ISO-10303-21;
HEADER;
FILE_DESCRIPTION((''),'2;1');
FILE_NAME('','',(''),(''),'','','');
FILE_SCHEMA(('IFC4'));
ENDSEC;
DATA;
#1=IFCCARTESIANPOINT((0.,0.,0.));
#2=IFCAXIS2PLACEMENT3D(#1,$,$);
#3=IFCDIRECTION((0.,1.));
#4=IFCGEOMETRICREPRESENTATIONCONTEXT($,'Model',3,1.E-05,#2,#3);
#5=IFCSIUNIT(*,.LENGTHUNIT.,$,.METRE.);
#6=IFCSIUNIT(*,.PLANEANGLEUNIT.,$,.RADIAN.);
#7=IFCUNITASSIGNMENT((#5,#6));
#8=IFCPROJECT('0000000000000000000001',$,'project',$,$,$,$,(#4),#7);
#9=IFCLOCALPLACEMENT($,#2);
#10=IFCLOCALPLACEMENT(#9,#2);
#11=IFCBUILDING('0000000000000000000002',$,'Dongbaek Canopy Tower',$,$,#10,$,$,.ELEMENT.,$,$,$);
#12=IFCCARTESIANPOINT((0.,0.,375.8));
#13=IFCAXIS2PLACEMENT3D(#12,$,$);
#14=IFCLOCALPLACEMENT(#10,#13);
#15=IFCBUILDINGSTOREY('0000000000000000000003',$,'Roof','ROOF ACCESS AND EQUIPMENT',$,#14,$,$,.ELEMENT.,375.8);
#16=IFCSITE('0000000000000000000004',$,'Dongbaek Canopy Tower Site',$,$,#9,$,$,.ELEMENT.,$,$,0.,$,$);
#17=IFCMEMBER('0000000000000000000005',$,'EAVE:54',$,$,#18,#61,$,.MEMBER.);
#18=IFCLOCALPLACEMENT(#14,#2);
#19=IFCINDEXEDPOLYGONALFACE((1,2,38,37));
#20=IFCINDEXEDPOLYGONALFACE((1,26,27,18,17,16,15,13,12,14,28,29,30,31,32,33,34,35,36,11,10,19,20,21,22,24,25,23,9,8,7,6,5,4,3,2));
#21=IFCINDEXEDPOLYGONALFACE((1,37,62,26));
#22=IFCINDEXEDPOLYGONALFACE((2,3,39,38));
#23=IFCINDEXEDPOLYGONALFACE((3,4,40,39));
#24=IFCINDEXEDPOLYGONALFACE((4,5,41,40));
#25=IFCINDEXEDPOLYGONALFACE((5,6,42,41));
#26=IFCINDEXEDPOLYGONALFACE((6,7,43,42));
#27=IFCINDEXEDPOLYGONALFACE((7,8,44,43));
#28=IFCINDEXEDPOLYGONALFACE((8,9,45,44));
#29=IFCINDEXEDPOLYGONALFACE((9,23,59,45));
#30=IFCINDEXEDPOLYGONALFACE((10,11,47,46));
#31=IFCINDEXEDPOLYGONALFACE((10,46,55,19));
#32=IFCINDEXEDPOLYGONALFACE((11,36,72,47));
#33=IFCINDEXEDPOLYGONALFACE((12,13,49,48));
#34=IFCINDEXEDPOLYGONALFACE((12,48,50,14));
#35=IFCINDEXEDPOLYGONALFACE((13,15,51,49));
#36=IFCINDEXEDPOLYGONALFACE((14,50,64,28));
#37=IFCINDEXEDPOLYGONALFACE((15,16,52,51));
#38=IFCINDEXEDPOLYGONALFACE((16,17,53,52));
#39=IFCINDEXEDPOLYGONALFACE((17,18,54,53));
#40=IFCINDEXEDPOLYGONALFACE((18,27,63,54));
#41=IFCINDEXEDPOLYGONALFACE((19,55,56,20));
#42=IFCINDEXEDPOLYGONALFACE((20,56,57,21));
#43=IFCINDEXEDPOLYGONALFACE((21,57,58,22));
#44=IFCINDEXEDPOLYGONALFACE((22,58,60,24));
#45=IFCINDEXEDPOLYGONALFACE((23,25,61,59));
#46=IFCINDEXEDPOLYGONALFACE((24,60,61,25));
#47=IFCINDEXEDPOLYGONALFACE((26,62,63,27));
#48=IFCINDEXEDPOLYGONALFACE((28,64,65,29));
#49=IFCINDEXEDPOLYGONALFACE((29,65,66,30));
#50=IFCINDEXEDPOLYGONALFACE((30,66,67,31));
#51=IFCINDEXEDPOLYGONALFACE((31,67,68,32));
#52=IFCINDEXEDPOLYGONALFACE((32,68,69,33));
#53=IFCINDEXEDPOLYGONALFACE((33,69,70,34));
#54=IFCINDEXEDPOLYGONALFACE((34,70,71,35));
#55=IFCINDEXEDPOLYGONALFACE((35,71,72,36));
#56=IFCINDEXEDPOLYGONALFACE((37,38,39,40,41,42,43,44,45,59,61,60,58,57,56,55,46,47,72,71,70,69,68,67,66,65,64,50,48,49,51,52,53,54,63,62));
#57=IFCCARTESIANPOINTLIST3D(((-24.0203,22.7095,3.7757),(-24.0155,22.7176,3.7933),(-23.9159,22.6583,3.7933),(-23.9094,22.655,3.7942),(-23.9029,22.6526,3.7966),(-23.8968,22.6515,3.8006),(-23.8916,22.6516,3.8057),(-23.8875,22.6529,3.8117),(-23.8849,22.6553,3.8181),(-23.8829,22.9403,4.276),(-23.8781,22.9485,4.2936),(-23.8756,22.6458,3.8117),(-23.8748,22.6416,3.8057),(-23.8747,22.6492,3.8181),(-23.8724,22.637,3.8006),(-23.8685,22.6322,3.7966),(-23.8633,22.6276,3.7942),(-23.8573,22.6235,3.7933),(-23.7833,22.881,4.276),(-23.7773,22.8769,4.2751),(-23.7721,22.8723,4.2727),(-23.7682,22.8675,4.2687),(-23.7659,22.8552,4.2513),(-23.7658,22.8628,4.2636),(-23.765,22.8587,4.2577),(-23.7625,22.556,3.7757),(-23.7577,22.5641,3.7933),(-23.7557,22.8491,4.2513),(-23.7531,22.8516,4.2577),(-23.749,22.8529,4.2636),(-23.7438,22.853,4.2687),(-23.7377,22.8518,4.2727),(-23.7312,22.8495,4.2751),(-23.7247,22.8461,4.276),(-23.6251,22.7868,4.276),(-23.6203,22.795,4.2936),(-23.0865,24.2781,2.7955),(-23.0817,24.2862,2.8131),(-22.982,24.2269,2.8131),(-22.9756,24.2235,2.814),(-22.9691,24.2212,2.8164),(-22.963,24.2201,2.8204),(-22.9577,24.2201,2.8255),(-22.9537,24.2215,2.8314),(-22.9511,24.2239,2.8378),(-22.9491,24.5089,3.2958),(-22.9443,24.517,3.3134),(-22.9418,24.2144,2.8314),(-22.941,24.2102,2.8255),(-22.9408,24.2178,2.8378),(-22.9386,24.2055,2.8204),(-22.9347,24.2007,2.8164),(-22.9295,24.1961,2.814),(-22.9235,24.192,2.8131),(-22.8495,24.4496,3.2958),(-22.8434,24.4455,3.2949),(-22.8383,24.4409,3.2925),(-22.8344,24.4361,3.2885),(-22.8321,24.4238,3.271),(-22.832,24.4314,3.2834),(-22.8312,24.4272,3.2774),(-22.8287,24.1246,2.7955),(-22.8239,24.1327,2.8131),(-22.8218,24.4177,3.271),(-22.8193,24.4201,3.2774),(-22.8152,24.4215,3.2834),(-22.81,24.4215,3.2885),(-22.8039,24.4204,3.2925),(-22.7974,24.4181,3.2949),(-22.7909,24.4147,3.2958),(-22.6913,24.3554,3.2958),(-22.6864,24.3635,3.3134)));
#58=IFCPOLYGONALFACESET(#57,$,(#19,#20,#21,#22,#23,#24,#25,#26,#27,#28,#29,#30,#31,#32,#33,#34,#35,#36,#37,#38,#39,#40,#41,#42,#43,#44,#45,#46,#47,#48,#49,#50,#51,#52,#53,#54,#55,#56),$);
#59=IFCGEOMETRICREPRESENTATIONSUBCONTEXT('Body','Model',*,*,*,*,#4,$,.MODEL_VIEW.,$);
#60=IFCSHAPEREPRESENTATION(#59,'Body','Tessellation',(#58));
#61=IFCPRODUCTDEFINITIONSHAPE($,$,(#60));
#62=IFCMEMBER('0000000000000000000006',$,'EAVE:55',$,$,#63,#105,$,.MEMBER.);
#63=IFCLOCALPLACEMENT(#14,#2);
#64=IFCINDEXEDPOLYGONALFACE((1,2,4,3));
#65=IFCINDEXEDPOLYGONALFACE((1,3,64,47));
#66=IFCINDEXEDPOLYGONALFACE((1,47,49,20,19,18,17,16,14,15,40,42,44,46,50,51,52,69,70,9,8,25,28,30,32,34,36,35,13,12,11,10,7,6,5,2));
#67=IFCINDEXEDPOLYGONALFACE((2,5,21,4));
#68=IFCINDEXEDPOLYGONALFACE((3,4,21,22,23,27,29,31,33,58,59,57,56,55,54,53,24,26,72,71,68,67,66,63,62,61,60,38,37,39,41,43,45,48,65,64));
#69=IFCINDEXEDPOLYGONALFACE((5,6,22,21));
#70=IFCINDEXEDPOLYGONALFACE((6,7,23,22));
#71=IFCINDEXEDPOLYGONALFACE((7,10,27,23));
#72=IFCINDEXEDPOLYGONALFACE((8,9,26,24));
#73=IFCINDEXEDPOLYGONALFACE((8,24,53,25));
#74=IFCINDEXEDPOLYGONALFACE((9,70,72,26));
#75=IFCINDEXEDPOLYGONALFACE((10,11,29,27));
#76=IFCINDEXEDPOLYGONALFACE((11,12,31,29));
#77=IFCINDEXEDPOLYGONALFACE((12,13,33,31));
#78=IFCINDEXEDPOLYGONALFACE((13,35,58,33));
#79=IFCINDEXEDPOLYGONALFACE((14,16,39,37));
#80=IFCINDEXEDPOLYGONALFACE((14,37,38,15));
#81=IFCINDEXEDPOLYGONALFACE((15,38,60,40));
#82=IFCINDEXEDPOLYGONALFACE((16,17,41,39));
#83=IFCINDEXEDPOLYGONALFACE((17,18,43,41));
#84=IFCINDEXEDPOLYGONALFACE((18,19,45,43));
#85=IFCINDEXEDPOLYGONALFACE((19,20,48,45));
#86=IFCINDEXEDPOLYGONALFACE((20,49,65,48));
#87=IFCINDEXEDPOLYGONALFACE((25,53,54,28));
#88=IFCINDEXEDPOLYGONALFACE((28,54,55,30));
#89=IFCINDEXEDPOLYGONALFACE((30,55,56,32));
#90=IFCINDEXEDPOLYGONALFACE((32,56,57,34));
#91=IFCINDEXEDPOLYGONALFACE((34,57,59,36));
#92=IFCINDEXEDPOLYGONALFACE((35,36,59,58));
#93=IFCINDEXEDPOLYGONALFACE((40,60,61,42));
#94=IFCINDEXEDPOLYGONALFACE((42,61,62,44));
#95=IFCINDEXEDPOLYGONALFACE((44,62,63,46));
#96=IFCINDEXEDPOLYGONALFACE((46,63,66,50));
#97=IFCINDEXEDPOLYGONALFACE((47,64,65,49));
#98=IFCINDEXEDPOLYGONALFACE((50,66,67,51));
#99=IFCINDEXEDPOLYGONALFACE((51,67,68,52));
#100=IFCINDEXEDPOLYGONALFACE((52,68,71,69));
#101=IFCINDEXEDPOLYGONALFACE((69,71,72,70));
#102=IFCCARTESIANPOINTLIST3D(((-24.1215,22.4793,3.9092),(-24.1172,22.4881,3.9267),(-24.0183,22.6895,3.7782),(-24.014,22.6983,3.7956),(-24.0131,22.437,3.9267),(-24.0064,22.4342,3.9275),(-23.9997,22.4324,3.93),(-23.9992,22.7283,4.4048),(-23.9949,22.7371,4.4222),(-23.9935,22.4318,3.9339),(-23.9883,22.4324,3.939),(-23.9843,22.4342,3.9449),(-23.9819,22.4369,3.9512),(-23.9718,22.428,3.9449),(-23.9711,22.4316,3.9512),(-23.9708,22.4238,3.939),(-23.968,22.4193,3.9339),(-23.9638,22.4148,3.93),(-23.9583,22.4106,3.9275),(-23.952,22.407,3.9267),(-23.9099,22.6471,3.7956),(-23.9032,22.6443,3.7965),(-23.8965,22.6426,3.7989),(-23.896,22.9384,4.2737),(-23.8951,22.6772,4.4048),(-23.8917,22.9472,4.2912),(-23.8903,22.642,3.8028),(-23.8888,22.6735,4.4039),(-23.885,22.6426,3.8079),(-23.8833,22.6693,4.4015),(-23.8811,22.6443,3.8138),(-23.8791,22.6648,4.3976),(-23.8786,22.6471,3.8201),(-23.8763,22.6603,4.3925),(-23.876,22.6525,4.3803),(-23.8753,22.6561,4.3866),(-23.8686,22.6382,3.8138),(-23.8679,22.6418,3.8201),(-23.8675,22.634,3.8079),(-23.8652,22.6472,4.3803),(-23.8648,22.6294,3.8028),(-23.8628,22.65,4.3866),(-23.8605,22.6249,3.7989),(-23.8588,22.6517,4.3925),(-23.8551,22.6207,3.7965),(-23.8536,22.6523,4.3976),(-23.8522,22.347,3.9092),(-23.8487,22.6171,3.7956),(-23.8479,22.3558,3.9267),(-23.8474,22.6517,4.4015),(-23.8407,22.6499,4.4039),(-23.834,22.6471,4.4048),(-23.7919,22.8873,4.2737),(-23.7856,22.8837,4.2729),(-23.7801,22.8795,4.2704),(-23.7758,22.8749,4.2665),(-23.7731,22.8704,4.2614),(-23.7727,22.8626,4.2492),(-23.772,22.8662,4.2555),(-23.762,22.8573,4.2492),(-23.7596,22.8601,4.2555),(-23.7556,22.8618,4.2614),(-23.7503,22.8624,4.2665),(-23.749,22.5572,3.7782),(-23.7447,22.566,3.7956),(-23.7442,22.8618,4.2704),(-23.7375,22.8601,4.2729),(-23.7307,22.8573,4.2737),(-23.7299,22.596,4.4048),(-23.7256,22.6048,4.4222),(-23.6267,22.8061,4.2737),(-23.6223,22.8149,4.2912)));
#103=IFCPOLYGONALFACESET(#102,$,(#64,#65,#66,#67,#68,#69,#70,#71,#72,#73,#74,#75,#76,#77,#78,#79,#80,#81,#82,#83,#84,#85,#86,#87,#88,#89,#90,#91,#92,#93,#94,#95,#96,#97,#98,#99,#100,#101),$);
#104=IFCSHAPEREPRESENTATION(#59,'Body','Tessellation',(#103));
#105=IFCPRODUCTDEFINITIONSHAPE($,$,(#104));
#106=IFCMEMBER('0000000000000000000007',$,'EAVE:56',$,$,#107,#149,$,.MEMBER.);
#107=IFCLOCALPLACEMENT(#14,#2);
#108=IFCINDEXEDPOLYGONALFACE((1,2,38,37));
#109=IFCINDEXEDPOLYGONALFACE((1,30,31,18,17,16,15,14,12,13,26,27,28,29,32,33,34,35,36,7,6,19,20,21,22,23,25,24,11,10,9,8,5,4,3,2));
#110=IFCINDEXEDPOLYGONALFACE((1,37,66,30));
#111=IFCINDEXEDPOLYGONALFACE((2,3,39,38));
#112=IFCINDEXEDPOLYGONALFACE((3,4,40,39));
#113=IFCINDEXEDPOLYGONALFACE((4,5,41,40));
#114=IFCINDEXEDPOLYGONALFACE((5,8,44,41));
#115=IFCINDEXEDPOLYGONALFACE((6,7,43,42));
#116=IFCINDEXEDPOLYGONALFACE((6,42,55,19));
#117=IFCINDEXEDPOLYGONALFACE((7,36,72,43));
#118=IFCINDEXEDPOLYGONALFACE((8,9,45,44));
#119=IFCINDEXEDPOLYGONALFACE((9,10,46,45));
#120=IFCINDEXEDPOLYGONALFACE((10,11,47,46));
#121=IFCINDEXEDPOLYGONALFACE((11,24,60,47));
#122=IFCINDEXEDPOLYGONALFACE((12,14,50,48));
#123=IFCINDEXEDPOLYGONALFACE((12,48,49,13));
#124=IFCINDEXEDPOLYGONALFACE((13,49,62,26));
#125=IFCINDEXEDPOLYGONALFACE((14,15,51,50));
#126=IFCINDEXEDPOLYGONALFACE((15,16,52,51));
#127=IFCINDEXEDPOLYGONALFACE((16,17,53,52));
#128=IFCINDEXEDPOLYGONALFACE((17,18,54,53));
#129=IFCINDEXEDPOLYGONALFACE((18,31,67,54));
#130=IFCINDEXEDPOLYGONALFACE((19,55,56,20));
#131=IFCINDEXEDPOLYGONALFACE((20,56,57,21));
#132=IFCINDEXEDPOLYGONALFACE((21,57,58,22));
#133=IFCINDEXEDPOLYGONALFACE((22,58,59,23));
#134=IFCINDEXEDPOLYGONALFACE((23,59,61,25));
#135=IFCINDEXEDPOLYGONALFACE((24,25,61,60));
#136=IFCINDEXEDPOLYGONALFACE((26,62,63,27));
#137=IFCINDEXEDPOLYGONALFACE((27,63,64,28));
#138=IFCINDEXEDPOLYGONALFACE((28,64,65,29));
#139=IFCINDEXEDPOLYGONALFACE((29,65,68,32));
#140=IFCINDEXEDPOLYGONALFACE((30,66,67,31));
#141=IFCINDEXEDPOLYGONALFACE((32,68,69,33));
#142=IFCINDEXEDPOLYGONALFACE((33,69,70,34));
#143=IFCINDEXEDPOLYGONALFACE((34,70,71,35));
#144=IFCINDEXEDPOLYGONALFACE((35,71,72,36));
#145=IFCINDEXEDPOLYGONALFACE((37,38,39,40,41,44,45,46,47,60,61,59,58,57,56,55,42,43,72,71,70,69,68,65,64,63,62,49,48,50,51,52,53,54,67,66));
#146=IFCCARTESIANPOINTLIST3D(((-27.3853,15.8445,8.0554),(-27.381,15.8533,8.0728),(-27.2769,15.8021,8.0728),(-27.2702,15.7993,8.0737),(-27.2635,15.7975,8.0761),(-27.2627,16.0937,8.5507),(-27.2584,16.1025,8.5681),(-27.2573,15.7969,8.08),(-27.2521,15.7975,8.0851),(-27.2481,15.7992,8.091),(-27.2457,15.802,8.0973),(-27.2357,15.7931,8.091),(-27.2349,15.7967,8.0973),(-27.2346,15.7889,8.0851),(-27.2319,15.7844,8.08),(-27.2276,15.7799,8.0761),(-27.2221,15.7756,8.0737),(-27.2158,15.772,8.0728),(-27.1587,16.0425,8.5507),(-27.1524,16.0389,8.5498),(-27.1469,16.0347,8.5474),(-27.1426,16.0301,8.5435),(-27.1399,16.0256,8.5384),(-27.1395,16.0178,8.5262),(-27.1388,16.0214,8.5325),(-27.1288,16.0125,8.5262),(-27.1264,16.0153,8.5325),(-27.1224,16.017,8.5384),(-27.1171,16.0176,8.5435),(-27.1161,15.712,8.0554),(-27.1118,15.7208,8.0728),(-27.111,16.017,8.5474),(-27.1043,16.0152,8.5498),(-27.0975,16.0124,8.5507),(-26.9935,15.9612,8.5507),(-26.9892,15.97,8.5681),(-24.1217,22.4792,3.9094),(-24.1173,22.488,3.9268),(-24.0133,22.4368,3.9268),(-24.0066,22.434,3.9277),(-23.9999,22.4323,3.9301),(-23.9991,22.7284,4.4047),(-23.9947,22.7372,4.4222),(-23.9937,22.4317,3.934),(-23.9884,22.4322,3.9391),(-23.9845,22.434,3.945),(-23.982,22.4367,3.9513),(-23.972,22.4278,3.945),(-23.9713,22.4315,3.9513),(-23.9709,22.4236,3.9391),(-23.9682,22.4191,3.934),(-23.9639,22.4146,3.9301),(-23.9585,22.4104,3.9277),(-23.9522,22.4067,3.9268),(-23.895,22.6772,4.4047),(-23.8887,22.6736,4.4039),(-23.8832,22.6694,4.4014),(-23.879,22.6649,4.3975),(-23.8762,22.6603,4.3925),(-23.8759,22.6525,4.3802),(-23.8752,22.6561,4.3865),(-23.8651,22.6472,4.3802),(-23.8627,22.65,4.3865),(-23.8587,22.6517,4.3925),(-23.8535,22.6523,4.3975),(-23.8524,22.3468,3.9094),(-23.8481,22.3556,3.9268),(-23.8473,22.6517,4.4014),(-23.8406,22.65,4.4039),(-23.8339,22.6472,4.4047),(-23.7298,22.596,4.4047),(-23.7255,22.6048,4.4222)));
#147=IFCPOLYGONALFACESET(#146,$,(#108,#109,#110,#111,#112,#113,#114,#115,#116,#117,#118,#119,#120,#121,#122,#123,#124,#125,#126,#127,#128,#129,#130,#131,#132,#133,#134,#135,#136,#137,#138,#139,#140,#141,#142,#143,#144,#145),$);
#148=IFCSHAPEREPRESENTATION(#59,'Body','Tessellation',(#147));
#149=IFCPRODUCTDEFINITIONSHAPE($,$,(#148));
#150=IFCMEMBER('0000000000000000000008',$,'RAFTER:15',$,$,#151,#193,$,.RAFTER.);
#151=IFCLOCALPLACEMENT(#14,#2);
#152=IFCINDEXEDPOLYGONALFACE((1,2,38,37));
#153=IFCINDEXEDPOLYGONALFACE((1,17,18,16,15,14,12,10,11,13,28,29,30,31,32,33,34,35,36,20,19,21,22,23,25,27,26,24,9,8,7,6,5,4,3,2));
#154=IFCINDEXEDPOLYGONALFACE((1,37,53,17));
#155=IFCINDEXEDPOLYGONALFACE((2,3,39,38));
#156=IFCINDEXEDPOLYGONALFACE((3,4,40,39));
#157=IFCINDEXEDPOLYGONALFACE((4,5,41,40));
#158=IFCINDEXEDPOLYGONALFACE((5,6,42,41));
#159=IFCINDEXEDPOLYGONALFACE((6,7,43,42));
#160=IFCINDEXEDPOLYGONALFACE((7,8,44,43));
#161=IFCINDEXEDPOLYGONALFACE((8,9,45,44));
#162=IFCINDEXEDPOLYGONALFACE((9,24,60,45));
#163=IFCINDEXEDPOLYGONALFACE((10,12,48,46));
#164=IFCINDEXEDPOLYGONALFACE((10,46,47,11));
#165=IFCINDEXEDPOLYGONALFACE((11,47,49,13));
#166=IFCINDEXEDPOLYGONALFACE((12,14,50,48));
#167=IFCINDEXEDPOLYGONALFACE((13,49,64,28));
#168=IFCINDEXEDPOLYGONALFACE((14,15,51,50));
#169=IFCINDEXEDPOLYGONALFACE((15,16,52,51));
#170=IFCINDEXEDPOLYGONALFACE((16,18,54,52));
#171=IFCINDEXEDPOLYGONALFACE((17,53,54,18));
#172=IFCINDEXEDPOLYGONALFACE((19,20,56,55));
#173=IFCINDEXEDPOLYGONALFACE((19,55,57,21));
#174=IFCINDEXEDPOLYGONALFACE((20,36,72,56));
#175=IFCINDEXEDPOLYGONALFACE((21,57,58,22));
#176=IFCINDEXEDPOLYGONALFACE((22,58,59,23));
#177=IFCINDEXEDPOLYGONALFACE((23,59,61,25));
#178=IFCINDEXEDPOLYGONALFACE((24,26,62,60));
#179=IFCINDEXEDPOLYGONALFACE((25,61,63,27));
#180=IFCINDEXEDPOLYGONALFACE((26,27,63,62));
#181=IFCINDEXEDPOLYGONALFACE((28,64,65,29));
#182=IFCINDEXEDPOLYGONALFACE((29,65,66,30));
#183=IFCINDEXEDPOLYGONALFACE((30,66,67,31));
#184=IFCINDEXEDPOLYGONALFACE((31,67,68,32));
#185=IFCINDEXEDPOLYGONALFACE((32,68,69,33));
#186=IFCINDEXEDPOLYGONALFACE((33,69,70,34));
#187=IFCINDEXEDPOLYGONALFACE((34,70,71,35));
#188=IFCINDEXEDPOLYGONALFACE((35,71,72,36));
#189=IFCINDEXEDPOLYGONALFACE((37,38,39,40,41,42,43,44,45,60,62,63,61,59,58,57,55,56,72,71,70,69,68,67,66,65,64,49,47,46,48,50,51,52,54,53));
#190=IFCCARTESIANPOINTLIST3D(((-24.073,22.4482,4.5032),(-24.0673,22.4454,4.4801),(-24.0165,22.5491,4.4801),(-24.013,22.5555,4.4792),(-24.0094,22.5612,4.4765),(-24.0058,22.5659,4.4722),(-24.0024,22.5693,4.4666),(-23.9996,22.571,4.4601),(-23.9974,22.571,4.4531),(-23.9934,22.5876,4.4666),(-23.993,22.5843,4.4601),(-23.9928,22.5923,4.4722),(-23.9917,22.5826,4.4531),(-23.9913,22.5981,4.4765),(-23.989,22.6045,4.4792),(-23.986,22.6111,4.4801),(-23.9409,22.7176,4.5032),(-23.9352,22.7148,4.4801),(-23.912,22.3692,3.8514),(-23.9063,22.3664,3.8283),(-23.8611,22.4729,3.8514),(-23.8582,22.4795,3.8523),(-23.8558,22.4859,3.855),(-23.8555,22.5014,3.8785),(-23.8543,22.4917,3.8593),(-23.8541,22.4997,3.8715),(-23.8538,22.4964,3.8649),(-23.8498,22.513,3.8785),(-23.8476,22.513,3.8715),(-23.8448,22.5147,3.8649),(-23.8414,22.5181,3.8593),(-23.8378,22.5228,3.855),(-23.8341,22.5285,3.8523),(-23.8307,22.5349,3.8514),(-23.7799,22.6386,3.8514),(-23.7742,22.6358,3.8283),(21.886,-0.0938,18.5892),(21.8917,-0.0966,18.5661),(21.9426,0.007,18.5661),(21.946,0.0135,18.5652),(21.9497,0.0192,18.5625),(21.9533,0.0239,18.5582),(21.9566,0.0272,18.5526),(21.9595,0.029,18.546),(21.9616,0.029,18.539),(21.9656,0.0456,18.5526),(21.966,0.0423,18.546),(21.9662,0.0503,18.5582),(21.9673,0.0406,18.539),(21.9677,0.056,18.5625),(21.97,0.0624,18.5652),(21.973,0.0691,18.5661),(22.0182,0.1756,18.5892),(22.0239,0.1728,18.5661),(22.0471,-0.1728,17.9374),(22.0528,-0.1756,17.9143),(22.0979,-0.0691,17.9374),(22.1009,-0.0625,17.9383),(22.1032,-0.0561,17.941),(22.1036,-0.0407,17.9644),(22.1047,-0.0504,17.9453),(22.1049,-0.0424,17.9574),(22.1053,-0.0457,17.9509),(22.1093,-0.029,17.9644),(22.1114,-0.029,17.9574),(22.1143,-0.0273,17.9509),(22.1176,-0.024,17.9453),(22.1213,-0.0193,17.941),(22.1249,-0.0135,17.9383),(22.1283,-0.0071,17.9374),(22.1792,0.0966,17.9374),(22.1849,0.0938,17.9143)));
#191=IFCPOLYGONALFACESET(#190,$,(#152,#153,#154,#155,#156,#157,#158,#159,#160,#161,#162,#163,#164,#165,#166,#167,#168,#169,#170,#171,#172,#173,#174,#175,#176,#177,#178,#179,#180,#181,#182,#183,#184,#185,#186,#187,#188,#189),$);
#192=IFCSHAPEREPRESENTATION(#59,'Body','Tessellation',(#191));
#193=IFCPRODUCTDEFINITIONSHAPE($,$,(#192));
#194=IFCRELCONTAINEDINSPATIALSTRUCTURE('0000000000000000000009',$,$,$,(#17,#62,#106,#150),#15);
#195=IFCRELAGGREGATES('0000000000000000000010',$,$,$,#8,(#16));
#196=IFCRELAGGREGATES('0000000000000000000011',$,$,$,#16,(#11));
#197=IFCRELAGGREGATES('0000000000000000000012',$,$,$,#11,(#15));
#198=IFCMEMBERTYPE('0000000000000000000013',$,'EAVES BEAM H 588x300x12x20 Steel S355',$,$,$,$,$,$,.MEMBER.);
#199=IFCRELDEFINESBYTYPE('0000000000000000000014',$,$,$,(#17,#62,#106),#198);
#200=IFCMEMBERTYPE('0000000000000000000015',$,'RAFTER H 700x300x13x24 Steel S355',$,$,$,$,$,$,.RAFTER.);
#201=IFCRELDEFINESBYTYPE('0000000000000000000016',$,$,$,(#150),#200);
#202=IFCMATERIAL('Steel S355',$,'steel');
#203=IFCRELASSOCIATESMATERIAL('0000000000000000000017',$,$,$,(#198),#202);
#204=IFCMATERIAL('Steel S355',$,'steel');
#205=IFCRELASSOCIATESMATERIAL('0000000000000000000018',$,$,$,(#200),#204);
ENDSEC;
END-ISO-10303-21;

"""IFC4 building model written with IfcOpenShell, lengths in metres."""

from ifc_helpers import new_model, si_unit, direction, frame, origin, origin_2d, place, context, subcontext, project, spatial, i_section, extrude, material, material_profile, profile_set, type_object, element, save


model = new_model("IFC4")

# Units and contexts
model_context = context("Model", 3, precision=1e-05, world=origin(), true_north=direction((0.0, 1.0)))
body_context = subcontext(model_context, "Body", "Model", "MODEL_VIEW")
ifc_project = project(units=[si_unit("LENGTHUNIT", "METRE"), si_unit("PLANEANGLEUNIT", "RADIAN")], contexts=[model_context])

# Site, building, storey
site_placement = place(None, origin())
site = spatial("IfcSite", under=ifc_project, at=site_placement, Name="Dongbaek Canopy Tower Site", CompositionType="ELEMENT", RefElevation=0.0)
building_placement = place(site_placement, origin())
building = spatial("IfcBuilding", under=site, at=building_placement, Name="Dongbaek Canopy Tower", CompositionType="ELEMENT")
storey_placement = place(building_placement, frame((0.0, 0.0, 375.8)))
storey = spatial("IfcBuildingStorey", under=building, at=storey_placement, Name="Roof", Description="ROOF ACCESS AND EQUIPMENT", CompositionType="ELEMENT", Elevation=375.8)

# Members
ifc_material_1 = material(Name="Steel S355", Category="steel")
ifc_material_profile_1 = material_profile(ifc_material_1, i_section(OverallWidth=0.3, OverallDepth=0.5879, WebThickness=0.012, FlangeThickness=0.02, FilletRadius=0.0281, at=origin_2d()), Name="EAVES BEAM H 588x300x12x20 Steel S355")
ifc_profile_set_1 = profile_set([ifc_material_profile_1], Name="Steel S355")
member_type_1 = type_object("IfcMemberType", Name="EAVES BEAM H 588x300x12x20 Steel S355", PredefinedType="MEMBER", material=ifc_profile_set_1)
member_1_placement = place(storey_placement, frame((-22.8865, 24.3208, 3.0544), z_axis=(-0.450682, -0.757028, 0.473069), x_axis=(0.859258, -0.511543, 0.0)))
element("IfcMember", 1, at=member_1_placement, inside=storey, type_object=member_type_1, Name="EAVE:54", PredefinedType="MEMBER", context=body_context, shape_type="SweptSolid", body=[
    extrude(i_section(OverallWidth=0.3, OverallDepth=0.5879, WebThickness=0.012, FlangeThickness=0.02, FilletRadius=0.0281, at=origin_2d()), origin(), (0.0, 0.0, 1.0), 2.072),
])
member_2_placement = place(storey_placement, frame((-23.8203, 22.7522, 4.0347), z_axis=(-0.384765, -0.783174, 0.488461), x_axis=(0.897533, -0.440948, 0.0)))
element("IfcMember", 2, at=member_2_placement, inside=storey, type_object=member_type_1, Name="EAVE:55", PredefinedType="MEMBER", context=body_context, shape_type="SweptSolid", body=[
    extrude(i_section(OverallWidth=0.3, OverallDepth=0.5879, WebThickness=0.012, FlangeThickness=0.02, FilletRadius=0.0281, at=origin_2d()), origin(), (0.0, 0.0, 1.0), 0.2683),
])
member_3_placement = place(storey_placement, frame((-23.9236, 22.542, 4.1658), z_axis=(-0.384999, -0.782671, 0.489083), x_axis=(0.897314, -0.441393, 0.0)))
element("IfcMember", 3, at=member_3_placement, inside=storey, type_object=member_type_1, Name="EAVE:56", PredefinedType="MEMBER", context=body_context, shape_type="SweptSolid", body=[
    extrude(i_section(OverallWidth=0.3, OverallDepth=0.5879, WebThickness=0.012, FlangeThickness=0.02, FilletRadius=0.0281, at=origin_2d()), origin(), (0.0, 0.0, 1.0), 8.4771),
])
ifc_material_2 = material(Name="Steel S355", Category="steel")
ifc_material_profile_2 = material_profile(ifc_material_2, i_section(OverallWidth=0.3, OverallDepth=0.7, WebThickness=0.0129, FlangeThickness=0.0239, FilletRadius=0.0281, at=origin_2d()), Name="RAFTER H 700x300x13x24 Steel S355")
ifc_profile_set_2 = profile_set([ifc_material_profile_2], Name="Steel S355")
member_type_2 = type_object("IfcMemberType", Name="RAFTER H 700x300x13x24 Steel S355", PredefinedType="RAFTER", material=ifc_profile_set_2)
member_4_placement = place(storey_placement, frame((-23.9236, 22.542, 4.1658), z_axis=(0.865645, -0.424582, 0.265311), x_axis=(0.440363, 0.89782, 0.0)))
element("IfcMember", 4, at=member_4_placement, inside=storey, type_object=member_type_2, Name="RAFTER:15", PredefinedType="RAFTER", context=body_context, shape_type="SweptSolid", body=[
    extrude(i_section(OverallWidth=0.3, OverallDepth=0.7, WebThickness=0.0129, FlangeThickness=0.0239, FilletRadius=0.0281, at=origin_2d()), origin(), (0.0, 0.0, 1.0), 53.0923),
])

save(model, "model.ifc")
